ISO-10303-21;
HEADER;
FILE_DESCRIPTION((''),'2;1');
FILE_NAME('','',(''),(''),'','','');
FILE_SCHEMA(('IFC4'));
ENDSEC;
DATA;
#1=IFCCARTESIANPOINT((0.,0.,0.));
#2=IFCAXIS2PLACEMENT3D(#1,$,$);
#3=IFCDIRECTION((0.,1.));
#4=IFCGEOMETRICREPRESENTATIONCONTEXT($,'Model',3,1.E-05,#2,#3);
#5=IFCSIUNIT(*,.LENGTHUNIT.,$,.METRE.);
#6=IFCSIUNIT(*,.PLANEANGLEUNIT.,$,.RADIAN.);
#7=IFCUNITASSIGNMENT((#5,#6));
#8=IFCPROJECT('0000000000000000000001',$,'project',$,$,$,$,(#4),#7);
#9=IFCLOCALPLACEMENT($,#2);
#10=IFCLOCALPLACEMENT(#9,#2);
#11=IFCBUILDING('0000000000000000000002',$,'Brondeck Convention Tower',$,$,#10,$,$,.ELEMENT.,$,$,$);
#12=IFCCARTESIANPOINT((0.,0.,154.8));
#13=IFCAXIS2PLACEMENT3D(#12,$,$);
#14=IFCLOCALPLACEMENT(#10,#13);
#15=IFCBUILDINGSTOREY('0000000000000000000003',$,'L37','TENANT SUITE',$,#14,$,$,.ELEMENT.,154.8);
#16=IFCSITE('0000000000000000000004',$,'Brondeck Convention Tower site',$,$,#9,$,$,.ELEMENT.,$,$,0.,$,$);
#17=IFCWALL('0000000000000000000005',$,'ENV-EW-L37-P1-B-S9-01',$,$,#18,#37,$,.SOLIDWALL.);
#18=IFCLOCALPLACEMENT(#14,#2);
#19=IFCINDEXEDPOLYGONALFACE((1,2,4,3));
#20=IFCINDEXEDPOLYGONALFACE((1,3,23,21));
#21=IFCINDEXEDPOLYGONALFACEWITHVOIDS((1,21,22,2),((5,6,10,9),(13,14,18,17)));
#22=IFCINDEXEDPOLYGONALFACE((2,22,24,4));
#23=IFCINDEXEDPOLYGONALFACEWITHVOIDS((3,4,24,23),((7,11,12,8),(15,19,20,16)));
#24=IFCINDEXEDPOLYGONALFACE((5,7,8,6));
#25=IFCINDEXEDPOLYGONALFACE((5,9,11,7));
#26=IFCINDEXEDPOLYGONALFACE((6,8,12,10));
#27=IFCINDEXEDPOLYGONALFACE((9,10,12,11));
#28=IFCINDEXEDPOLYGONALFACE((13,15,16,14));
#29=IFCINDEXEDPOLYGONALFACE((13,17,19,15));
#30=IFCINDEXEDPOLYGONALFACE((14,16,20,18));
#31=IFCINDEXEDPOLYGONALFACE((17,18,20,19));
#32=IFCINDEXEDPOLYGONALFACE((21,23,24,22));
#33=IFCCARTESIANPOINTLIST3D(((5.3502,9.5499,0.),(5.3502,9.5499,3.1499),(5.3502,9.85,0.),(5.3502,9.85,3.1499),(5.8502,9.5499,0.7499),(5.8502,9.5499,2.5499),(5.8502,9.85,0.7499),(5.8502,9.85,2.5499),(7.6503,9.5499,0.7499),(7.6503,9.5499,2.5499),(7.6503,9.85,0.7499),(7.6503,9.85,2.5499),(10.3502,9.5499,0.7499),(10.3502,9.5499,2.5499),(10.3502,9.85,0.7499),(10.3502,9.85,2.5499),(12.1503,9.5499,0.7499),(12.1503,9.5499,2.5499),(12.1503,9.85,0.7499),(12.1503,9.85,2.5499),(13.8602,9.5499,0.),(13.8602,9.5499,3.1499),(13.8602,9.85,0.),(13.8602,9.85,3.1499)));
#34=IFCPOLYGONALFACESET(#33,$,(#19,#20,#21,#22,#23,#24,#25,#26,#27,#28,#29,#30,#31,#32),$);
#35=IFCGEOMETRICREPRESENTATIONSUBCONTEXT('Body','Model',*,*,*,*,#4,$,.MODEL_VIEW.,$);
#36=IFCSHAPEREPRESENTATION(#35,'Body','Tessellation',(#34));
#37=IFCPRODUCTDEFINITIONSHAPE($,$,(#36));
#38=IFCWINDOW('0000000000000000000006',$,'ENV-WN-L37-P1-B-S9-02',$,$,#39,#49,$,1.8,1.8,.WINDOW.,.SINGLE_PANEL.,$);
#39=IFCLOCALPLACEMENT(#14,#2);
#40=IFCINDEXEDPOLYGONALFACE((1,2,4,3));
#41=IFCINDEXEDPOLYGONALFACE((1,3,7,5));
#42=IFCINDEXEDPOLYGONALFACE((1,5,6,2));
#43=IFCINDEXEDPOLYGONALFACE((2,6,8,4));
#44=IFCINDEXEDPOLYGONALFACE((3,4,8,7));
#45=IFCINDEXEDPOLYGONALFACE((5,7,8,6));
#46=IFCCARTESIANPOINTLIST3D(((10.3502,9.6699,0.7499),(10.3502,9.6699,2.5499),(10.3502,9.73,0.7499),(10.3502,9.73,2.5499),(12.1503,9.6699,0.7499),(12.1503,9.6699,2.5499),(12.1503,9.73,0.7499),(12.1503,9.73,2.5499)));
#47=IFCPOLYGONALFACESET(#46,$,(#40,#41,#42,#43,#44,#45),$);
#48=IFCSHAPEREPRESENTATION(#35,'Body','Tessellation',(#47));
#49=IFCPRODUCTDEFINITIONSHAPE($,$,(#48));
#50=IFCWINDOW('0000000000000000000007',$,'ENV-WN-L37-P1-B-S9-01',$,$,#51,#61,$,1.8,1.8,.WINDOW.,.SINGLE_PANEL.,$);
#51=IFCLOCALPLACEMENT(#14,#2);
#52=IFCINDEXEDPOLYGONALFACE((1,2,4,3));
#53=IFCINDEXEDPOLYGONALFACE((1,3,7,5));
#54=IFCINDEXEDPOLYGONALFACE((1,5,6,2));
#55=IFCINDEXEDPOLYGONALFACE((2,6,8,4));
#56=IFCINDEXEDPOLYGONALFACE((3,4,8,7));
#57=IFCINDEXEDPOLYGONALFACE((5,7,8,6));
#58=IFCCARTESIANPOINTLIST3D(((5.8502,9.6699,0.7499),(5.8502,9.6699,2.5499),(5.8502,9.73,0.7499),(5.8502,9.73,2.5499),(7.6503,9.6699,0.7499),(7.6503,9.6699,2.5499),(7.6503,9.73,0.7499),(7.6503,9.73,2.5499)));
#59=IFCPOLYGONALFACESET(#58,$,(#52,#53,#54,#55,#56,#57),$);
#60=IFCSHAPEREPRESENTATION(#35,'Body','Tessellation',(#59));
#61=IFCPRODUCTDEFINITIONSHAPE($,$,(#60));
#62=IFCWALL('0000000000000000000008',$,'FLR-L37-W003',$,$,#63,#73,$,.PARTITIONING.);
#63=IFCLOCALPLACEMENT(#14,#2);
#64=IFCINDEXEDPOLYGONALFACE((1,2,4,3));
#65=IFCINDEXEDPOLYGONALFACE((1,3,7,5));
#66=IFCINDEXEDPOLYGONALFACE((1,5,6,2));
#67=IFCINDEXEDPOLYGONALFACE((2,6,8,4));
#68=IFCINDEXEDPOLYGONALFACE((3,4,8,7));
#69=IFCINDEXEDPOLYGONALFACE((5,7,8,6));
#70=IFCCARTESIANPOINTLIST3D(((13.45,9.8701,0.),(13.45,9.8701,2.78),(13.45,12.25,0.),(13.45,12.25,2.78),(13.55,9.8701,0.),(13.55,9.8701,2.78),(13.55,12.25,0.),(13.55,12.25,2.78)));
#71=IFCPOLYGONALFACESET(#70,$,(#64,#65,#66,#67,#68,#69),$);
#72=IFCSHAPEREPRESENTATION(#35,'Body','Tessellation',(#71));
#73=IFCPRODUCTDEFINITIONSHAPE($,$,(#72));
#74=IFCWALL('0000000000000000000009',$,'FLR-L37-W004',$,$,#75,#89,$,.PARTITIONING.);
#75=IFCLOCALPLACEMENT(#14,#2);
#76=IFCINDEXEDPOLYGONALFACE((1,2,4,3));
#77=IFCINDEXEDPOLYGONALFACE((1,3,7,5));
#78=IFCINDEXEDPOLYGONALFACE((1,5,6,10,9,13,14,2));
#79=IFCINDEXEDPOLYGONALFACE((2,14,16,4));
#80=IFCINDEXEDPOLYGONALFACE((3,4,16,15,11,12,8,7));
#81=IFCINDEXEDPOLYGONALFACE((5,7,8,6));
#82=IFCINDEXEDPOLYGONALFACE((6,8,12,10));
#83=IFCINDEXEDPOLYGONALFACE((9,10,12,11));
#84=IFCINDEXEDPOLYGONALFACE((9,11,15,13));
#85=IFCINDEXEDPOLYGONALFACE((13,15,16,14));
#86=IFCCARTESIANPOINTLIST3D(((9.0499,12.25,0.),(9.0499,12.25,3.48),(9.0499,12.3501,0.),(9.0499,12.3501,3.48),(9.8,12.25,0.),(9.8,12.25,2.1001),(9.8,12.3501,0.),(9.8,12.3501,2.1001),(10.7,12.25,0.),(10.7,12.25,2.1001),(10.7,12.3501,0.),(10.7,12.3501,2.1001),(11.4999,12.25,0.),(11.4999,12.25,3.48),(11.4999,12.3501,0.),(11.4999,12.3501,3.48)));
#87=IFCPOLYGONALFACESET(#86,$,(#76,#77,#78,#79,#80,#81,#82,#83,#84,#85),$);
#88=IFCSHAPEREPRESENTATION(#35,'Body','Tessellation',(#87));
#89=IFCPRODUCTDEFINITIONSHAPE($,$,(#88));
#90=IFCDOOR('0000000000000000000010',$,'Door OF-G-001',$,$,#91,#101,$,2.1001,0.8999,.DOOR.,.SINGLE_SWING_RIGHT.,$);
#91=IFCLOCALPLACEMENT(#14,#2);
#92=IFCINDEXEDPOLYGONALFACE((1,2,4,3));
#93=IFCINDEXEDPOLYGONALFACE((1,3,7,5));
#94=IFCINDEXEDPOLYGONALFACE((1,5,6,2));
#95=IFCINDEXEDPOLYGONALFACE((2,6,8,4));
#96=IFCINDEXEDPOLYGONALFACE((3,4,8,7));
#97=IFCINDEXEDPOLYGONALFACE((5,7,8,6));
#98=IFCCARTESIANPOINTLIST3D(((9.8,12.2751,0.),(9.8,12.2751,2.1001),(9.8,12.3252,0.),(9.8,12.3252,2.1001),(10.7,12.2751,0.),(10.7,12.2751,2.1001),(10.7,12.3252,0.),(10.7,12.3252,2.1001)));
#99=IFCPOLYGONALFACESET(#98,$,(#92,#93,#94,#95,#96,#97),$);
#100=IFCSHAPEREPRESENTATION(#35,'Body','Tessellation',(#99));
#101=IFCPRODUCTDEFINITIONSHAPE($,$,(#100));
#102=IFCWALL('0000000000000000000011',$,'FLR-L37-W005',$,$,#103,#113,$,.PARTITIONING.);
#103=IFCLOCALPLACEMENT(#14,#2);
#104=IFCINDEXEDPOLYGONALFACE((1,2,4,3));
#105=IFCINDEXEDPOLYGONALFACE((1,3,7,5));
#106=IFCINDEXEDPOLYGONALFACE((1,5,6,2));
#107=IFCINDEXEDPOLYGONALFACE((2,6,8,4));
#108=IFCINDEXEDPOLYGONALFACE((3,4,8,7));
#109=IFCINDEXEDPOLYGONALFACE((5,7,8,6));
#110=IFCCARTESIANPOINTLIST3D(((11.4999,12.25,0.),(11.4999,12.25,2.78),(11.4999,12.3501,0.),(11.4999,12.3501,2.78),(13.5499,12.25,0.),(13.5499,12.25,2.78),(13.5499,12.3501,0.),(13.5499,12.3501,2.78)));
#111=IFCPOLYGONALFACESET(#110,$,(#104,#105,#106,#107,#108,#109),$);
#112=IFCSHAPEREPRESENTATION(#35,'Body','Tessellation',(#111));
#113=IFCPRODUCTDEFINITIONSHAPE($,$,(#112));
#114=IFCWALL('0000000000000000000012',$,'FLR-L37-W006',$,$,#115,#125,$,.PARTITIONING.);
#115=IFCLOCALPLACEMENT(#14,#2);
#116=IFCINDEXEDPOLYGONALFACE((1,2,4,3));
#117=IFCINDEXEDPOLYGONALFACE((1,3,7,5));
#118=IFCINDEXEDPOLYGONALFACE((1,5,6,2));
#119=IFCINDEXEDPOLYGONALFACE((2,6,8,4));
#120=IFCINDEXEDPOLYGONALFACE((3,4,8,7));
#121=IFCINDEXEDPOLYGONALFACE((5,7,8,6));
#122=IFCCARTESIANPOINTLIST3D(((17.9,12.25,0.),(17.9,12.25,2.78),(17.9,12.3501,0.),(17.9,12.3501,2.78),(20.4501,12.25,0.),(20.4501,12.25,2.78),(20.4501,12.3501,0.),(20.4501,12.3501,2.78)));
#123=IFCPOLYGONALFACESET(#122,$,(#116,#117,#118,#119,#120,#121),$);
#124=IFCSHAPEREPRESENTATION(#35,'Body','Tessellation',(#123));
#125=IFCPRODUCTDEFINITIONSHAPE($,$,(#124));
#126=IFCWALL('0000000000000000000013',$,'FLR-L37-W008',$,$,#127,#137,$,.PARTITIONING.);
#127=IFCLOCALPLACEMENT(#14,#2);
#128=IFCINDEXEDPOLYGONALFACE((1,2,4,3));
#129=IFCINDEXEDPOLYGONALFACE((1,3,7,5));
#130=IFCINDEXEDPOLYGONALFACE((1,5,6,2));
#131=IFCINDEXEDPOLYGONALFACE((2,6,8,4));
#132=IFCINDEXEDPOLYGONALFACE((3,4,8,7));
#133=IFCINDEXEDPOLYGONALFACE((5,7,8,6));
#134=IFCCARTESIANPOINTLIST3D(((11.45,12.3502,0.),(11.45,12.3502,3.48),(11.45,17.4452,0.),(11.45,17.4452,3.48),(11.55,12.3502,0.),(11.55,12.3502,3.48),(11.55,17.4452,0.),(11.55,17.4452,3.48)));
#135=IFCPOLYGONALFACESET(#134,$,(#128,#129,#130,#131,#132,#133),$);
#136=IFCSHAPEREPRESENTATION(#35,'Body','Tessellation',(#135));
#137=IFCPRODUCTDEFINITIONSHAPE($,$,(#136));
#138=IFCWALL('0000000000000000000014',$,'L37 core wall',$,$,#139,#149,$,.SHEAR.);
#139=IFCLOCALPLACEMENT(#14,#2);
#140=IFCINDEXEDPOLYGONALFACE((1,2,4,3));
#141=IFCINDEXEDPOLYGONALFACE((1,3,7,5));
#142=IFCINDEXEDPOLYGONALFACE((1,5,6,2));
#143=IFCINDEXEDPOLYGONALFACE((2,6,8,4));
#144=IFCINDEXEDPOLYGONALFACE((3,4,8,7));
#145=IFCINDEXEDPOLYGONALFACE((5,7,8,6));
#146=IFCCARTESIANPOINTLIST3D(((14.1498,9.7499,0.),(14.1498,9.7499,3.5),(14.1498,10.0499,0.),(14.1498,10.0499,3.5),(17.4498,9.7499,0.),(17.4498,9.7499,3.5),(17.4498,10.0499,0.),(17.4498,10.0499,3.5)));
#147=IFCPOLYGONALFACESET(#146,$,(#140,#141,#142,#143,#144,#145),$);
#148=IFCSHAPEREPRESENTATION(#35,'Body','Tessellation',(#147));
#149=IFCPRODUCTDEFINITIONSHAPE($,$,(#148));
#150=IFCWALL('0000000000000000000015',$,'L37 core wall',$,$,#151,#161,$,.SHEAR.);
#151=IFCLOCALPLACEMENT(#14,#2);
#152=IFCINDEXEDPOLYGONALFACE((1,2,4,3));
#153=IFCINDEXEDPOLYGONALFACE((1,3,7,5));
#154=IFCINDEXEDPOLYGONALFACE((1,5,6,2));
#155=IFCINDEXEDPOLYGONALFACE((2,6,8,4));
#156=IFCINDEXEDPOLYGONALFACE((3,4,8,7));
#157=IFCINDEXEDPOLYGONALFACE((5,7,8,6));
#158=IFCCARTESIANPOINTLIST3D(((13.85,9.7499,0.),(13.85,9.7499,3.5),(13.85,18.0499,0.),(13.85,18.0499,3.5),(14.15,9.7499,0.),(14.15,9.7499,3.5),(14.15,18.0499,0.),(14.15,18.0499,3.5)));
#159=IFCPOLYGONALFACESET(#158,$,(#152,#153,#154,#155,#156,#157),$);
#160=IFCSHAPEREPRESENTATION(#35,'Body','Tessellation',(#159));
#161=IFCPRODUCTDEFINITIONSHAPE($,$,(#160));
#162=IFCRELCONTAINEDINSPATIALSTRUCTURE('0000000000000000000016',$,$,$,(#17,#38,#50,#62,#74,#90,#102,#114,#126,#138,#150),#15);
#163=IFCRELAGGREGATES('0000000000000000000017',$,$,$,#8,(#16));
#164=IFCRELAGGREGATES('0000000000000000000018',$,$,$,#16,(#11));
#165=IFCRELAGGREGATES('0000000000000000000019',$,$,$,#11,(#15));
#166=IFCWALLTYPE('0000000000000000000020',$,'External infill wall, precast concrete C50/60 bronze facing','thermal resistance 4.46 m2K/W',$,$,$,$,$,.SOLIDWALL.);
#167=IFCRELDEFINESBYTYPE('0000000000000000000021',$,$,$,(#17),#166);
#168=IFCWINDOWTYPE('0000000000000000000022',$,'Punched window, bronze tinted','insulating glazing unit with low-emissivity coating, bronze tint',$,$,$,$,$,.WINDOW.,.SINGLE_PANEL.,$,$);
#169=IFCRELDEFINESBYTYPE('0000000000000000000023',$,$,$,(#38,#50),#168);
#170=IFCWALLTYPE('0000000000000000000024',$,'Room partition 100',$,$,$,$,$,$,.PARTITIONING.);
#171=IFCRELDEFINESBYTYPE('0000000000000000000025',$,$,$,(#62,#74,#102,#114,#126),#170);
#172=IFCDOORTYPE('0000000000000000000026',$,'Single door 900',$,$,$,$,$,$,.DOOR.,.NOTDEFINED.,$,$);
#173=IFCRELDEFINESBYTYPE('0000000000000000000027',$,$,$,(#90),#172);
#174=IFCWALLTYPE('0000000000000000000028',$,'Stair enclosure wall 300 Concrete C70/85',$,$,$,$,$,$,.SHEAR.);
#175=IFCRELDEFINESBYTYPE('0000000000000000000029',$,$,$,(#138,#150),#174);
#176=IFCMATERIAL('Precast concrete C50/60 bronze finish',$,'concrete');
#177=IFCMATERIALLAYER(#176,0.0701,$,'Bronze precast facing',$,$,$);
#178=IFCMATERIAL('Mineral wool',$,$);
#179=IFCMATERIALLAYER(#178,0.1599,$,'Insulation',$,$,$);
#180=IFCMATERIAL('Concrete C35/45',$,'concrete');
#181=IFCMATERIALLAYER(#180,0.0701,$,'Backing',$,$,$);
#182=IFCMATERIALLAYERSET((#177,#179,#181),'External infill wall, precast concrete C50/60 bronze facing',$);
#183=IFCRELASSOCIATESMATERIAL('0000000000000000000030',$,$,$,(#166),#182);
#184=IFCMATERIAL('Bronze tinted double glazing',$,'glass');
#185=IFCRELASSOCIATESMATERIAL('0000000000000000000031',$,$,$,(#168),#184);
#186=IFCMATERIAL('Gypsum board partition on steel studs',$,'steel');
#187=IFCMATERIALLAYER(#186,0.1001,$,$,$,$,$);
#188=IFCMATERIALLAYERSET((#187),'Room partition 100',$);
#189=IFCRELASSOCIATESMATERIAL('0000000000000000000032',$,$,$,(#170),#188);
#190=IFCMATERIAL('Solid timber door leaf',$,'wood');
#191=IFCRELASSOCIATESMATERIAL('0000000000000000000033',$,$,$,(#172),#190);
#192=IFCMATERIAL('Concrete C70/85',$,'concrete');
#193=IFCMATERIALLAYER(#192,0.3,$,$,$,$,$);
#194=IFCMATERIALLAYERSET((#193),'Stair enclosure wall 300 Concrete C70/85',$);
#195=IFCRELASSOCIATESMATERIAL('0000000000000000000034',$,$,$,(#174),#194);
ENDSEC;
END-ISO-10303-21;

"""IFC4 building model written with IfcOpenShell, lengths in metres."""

from ifc_helpers import new_model, si_unit, direction, frame, frame_2d, origin, place, context, subcontext, project, spatial, rectangle, extrude, material, layer, layer_set, type_object, element, fill, save


model = new_model("IFC4")

# Units and contexts
model_context = context("Model", 3, precision=1e-05, world=origin(), true_north=direction((0.0, 1.0)))
body_context = subcontext(model_context, "Body", "Model", "MODEL_VIEW")
ifc_project = project(units=[si_unit("LENGTHUNIT", "METRE"), si_unit("PLANEANGLEUNIT", "RADIAN")], contexts=[model_context])

# Site, building, storey
site_placement = place(None, origin())
site = spatial("IfcSite", under=ifc_project, at=site_placement, Name="Brondeck Convention Tower site", CompositionType="ELEMENT", RefElevation=0.0)
building_placement = place(site_placement, origin())
building = spatial("IfcBuilding", under=site, at=building_placement, Name="Brondeck Convention Tower", CompositionType="ELEMENT")
storey_placement = place(building_placement, frame((0.0, 0.0, 154.8)))
storey = spatial("IfcBuildingStorey", under=building, at=storey_placement, Name="L37", Description="TENANT SUITE", CompositionType="ELEMENT", Elevation=154.8)

# Shared definitions
ifc_material_1 = material(Name="Concrete C70/85", Category="concrete")

# Wall, openings, windows
ifc_material_2 = material(Name="Precast concrete C50/60 bronze finish", Category="concrete")
ifc_layer_1 = layer(ifc_material_2, 0.0701, Name="Bronze precast facing")
ifc_material_3 = material(Name="Mineral wool")
ifc_layer_2 = layer(ifc_material_3, 0.1599, Name="Insulation")
ifc_material_4 = material(Name="Concrete C35/45", Category="concrete")
ifc_layer_3 = layer(ifc_material_4, 0.0701, Name="Backing")
ifc_layer_set_1 = layer_set([ifc_layer_1, ifc_layer_2, ifc_layer_3], Name="External infill wall, precast concrete C50/60 bronze facing")
wall_type_1 = type_object("IfcWallType", Name="External infill wall, precast concrete C50/60 bronze facing", Description="thermal resistance 4.46 m2K/W", PredefinedType="SOLIDWALL", material=ifc_layer_set_1)
wall_1_placement = place(storey_placement, frame((13.8601, 9.7, 0.0), z_axis=(0.0, 0.0, 1.0), x_axis=(-1.0, 0.0, 0.0)))
wall_1 = element("IfcWall", 1, at=wall_1_placement, inside=storey, type_object=wall_type_1, Name="ENV-EW-L37-P1-B-S9-01", PredefinedType="SOLIDWALL", context=body_context, shape_type="SweptSolid", body=[
    extrude(rectangle(XDim=8.51, YDim=0.3, at=frame_2d((4.2549, 0.0))), origin(), (0.0, 0.0, 1.0), 3.1499),
])
opening_1_placement = place(wall_1_placement, frame((1.71, 0.0, 0.75)))
opening_1 = element("IfcOpeningElement", 2, at=opening_1_placement, cuts=wall_1, PredefinedType="OPENING", context=body_context, shape_type="SweptSolid", body=[
    extrude(rectangle(XDim=1.8, YDim=1.8, at=frame_2d((0.8999, 0.8999))), frame((0.0, 0.1599, 0.0), z_axis=(0.0, -1.0, 0.0), x_axis=(1.0, 0.0, 0.0)), (0.0, 0.0, 1.0), 0.3201),
])
opening_2_placement = place(wall_1_placement, frame((6.21, 0.0, 0.75)))
opening_2 = element("IfcOpeningElement", 3, at=opening_2_placement, cuts=wall_1, PredefinedType="OPENING", context=body_context, shape_type="SweptSolid", body=[
    extrude(rectangle(XDim=1.8, YDim=1.8, at=frame_2d((0.8999, 0.8999))), frame((0.0, 0.1599, 0.0), z_axis=(0.0, -1.0, 0.0), x_axis=(1.0, 0.0, 0.0)), (0.0, 0.0, 1.0), 0.3201),
])
ifc_material_5 = material(Name="Bronze tinted double glazing", Category="glass")
window_type = type_object("IfcWindowType", Name="Punched window, bronze tinted", Description="insulating glazing unit with low-emissivity coating, bronze tint", PartitioningType="SINGLE_PANEL", PredefinedType="WINDOW", material=ifc_material_5)
window_1_placement = place(opening_1_placement, origin())
window_1 = element("IfcWindow", 4, at=window_1_placement, inside=storey, type_object=window_type, Name="ENV-WN-L37-P1-B-S9-02", OverallHeight=1.8, OverallWidth=1.8, PartitioningType="SINGLE_PANEL", PredefinedType="WINDOW", context=body_context, shape_type="SweptSolid", body=[
    extrude(rectangle(XDim=1.8, YDim=1.8, at=frame_2d((0.8999, 0.8999))), frame((0.0, 0.03, 0.0), z_axis=(0.0, -1.0, 0.0), x_axis=(1.0, 0.0, 0.0)), (0.0, 0.0, 1.0), 0.0601),
])
fill(opening_1, window_1)
window_2_placement = place(opening_2_placement, origin())
window_2 = element("IfcWindow", 5, at=window_2_placement, inside=storey, type_object=window_type, Name="ENV-WN-L37-P1-B-S9-01", OverallHeight=1.8, OverallWidth=1.8, PartitioningType="SINGLE_PANEL", PredefinedType="WINDOW", context=body_context, shape_type="SweptSolid", body=[
    extrude(rectangle(XDim=1.8, YDim=1.8, at=frame_2d((0.8999, 0.8999))), frame((0.0, 0.03, 0.0), z_axis=(0.0, -1.0, 0.0), x_axis=(1.0, 0.0, 0.0)), (0.0, 0.0, 1.0), 0.0601),
])
fill(opening_2, window_2)

# Wall
ifc_material_6 = material(Name="Gypsum board partition on steel studs", Category="steel")
ifc_layer_4 = layer(ifc_material_6, 0.1001)
ifc_layer_set_2 = layer_set([ifc_layer_4], Name="Room partition 100")
wall_type_2 = type_object("IfcWallType", Name="Room partition 100", PredefinedType="PARTITIONING", material=ifc_layer_set_2)
wall_2_placement = place(storey_placement, frame((13.5, 12.25, 0.0), z_axis=(0.0, 0.0, 1.0), x_axis=(0.0, -1.0, 0.0)))
element("IfcWall", 6, at=wall_2_placement, inside=storey, type_object=wall_type_2, Name="FLR-L37-W003", PredefinedType="PARTITIONING", context=body_context, shape_type="SweptSolid", body=[
    extrude(rectangle(XDim=2.3799, YDim=0.1001, at=frame_2d((1.1899, 0.0))), origin(), (0.0, 0.0, 1.0), 2.78),
])

# Wall, opening, door
wall_3_placement = place(storey_placement, frame((11.5, 12.3, 0.0), z_axis=(0.0, 0.0, 1.0), x_axis=(-1.0, 0.0, 0.0)))
wall_3 = element("IfcWall", 7, at=wall_3_placement, inside=storey, type_object=wall_type_2, Name="FLR-L37-W004", PredefinedType="PARTITIONING", context=body_context, shape_type="SweptSolid", body=[
    extrude(rectangle(XDim=2.45, YDim=0.1001, at=frame_2d((1.2251, 0.0))), origin(), (0.0, 0.0, 1.0), 3.48),
])
opening_3_placement = place(wall_3_placement, frame((0.8, 0.0, 0.0)))
opening_3 = element("IfcOpeningElement", 8, at=opening_3_placement, cuts=wall_3, PredefinedType="OPENING", context=body_context, shape_type="SweptSolid", body=[
    extrude(rectangle(XDim=0.8999, YDim=2.1001, at=frame_2d((0.45, 1.05))), frame((0.0, 0.0601, 0.0), z_axis=(0.0, -1.0, 0.0), x_axis=(1.0, 0.0, 0.0)), (0.0, 0.0, 1.0), 0.1201),
])
ifc_material_7 = material(Name="Solid timber door leaf", Category="wood")
door_type_1 = type_object("IfcDoorType", Name="Single door 900", OperationType="NOTDEFINED", PredefinedType="DOOR", material=ifc_material_7)
door_1_placement = place(opening_3_placement, origin())
door_1 = element("IfcDoor", 9, at=door_1_placement, inside=storey, type_object=door_type_1, Name="Door OF-G-001", OperationType="SINGLE_SWING_RIGHT", OverallHeight=2.1001, OverallWidth=0.8999, PredefinedType="DOOR", context=body_context, shape_type="SweptSolid", body=[
    extrude(rectangle(XDim=0.8999, YDim=2.1001, at=frame_2d((0.45, 1.05))), frame((0.0, 0.0249, 0.0), z_axis=(0.0, -1.0, 0.0), x_axis=(1.0, 0.0, 0.0)), (0.0, 0.0, 1.0), 0.05),
])
fill(opening_3, door_1)

# Walls
wall_4_placement = place(storey_placement, frame((11.5, 12.3, 0.0), z_axis=(0.0, 0.0, 1.0), x_axis=(1.0, 0.0, 0.0)))
element("IfcWall", 10, at=wall_4_placement, inside=storey, type_object=wall_type_2, Name="FLR-L37-W005", PredefinedType="PARTITIONING", context=body_context, shape_type="SweptSolid", body=[
    extrude(rectangle(XDim=2.05, YDim=0.1001, at=frame_2d((1.0249, 0.0))), origin(), (0.0, 0.0, 1.0), 2.78),
])
wall_5_placement = place(storey_placement, frame((20.45, 12.3, 0.0), z_axis=(0.0, 0.0, 1.0), x_axis=(-1.0, 0.0, 0.0)))
element("IfcWall", 11, at=wall_5_placement, inside=storey, type_object=wall_type_2, Name="FLR-L37-W006", PredefinedType="PARTITIONING", context=body_context, shape_type="SweptSolid", body=[
    extrude(rectangle(XDim=2.55, YDim=0.1001, at=frame_2d((1.2749, 0.0))), origin(), (0.0, 0.0, 1.0), 2.78),
])
wall_6_placement = place(storey_placement, frame((11.5, 17.4451, 0.0), z_axis=(0.0, 0.0, 1.0), x_axis=(0.0, -1.0, 0.0)))
element("IfcWall", 12, at=wall_6_placement, inside=storey, type_object=wall_type_2, Name="FLR-L37-W008", PredefinedType="PARTITIONING", context=body_context, shape_type="SweptSolid", body=[
    extrude(rectangle(XDim=5.095, YDim=0.1001, at=frame_2d((2.5474, 0.0))), origin(), (0.0, 0.0, 1.0), 3.48),
])
ifc_layer_5 = layer(ifc_material_1, 0.3)
ifc_layer_set_3 = layer_set([ifc_layer_5], Name="Stair enclosure wall 300 Concrete C70/85")
wall_type_3 = type_object("IfcWallType", Name="Stair enclosure wall 300 Concrete C70/85", PredefinedType="SHEAR", material=ifc_layer_set_3)
wall_7_placement = place(storey_placement, frame((14.1499, 9.8999, 0.0), z_axis=(0.0, 0.0, 1.0), x_axis=(1.0, 0.0, 0.0)))
element("IfcWall", 13, at=wall_7_placement, inside=storey, type_object=wall_type_3, Name="L37 core wall", PredefinedType="SHEAR", context=body_context, shape_type="SweptSolid", body=[
    extrude(rectangle(XDim=3.3, YDim=0.3, at=frame_2d((1.6499, 0.0))), origin(), (0.0, 0.0, 1.0), 3.5),
])
wall_8_placement = place(storey_placement, frame((14.0, 9.75, 0.0), z_axis=(0.0, 0.0, 1.0), x_axis=(0.0, 1.0, 0.0)))
element("IfcWall", 14, at=wall_8_placement, inside=storey, type_object=wall_type_3, Name="L37 core wall", PredefinedType="SHEAR", context=body_context, shape_type="SweptSolid", body=[
    extrude(rectangle(XDim=8.3, YDim=0.3, at=frame_2d((4.1499, 0.0))), origin(), (0.0, 0.0, 1.0), 3.5),
])

save(model, "model.ifc")
